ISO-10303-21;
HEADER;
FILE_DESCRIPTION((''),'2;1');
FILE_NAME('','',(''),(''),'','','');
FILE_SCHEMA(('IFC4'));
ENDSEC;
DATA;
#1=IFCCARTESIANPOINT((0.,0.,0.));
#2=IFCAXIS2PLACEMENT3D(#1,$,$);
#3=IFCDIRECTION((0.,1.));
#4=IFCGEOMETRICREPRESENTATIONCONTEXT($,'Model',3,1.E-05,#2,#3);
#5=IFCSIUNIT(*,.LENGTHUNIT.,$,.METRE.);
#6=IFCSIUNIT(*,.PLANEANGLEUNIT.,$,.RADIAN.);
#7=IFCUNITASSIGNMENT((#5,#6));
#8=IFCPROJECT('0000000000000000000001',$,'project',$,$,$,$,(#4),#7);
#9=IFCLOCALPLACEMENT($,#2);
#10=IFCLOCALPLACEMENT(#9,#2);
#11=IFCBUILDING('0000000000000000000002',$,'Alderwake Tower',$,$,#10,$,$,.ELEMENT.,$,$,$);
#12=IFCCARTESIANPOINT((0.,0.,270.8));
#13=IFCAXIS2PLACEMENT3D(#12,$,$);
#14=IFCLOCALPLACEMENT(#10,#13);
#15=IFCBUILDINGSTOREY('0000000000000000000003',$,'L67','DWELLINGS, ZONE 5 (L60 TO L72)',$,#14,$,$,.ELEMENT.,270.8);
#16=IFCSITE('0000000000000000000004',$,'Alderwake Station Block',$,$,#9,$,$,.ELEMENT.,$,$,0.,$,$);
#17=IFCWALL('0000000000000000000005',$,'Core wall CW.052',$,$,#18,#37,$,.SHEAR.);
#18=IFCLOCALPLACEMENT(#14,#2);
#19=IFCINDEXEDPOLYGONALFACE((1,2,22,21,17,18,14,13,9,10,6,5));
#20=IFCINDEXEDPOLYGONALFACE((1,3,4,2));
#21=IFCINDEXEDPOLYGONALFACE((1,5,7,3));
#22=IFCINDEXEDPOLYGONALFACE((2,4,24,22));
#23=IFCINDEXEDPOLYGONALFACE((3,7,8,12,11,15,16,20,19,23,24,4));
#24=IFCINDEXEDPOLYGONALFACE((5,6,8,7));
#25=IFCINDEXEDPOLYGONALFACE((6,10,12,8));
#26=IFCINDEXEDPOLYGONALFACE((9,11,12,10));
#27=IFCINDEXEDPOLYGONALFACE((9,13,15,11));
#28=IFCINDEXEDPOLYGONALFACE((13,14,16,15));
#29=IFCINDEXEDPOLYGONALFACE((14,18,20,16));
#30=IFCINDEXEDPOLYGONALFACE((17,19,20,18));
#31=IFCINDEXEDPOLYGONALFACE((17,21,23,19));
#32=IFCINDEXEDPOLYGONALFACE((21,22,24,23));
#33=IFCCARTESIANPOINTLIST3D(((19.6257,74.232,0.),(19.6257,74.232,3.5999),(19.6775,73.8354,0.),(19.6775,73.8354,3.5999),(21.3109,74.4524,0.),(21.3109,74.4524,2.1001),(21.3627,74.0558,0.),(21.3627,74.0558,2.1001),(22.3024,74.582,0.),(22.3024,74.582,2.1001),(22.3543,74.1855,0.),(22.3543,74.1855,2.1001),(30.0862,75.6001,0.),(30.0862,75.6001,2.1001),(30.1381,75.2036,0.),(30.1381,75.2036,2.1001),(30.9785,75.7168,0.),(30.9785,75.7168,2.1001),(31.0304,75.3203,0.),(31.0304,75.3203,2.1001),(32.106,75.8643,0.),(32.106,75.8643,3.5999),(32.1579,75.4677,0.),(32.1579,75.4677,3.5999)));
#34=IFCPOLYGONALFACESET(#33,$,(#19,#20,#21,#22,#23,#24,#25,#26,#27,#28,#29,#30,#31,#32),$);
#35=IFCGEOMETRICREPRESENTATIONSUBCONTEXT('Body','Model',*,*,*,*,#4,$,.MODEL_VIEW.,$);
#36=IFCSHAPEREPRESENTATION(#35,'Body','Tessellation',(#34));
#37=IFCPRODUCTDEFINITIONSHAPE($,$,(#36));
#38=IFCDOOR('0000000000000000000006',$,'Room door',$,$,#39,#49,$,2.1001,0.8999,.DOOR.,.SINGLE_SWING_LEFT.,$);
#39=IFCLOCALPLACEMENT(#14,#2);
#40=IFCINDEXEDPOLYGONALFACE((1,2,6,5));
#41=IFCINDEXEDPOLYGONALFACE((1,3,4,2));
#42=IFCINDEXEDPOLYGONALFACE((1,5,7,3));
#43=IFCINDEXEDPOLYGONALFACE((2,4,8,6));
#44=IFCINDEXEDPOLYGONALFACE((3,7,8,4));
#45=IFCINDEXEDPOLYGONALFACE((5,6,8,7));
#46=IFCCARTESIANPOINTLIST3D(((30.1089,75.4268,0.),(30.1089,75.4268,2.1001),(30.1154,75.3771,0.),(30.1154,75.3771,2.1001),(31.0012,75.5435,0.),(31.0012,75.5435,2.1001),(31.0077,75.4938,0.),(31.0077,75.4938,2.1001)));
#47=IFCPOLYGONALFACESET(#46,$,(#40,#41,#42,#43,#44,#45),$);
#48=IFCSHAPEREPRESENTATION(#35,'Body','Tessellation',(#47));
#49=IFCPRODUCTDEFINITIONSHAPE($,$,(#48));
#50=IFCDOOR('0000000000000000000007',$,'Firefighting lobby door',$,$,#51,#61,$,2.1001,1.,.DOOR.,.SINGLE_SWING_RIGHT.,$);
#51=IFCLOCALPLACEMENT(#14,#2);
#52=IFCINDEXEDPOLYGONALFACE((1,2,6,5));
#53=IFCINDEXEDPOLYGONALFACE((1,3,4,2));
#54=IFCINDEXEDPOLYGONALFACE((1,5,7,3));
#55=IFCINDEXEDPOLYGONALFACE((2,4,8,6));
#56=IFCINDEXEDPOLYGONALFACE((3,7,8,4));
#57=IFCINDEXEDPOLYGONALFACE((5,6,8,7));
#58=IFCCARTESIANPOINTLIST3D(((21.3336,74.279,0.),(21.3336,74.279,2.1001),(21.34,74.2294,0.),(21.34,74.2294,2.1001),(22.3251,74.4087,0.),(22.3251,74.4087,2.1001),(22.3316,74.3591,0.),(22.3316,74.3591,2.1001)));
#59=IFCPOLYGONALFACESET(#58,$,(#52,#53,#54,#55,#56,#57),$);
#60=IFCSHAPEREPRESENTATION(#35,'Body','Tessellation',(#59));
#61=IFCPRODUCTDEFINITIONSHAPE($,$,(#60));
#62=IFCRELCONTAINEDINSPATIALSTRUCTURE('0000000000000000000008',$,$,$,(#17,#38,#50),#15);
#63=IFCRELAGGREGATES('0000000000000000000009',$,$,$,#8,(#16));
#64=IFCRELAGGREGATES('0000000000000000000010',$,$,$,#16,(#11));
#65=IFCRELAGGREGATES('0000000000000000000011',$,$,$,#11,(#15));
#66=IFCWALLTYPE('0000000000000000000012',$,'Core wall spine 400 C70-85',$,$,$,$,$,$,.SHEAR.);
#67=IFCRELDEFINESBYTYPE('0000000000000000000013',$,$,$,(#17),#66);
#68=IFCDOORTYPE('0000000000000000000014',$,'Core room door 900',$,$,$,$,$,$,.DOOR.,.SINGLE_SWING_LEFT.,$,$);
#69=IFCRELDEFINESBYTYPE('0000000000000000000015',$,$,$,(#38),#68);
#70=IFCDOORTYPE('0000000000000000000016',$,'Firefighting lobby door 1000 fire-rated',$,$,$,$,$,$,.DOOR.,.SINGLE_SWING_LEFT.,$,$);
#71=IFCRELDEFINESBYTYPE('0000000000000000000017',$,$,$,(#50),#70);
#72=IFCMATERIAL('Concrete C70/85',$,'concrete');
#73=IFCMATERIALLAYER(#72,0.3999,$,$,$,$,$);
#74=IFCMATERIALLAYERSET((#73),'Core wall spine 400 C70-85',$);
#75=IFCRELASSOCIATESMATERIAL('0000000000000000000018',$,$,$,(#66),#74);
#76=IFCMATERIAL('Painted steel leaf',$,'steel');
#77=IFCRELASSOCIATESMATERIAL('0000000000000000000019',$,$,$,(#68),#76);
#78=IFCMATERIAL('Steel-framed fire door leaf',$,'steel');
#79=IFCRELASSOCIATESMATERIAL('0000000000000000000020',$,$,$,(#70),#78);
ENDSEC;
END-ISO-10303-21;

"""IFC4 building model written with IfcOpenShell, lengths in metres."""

from ifc_helpers import new_model, si_unit, direction, frame, frame_2d, origin, place, context, subcontext, project, spatial, rectangle, extrude, material, layer, layer_set, type_object, element, fill, save


model = new_model("IFC4")

# Units and contexts
model_context = context("Model", 3, precision=1e-05, world=origin(), true_north=direction((0.0, 1.0)))
body_context = subcontext(model_context, "Body", "Model", "MODEL_VIEW")
ifc_project = project(units=[si_unit("LENGTHUNIT", "METRE"), si_unit("PLANEANGLEUNIT", "RADIAN")], contexts=[model_context])

# Site, building, storey
site_placement = place(None, origin())
site = spatial("IfcSite", under=ifc_project, at=site_placement, Name="Alderwake Station Block", CompositionType="ELEMENT", RefElevation=0.0)
building_placement = place(site_placement, origin())
building = spatial("IfcBuilding", under=site, at=building_placement, Name="Alderwake Tower", CompositionType="ELEMENT")
storey_placement = place(building_placement, frame((0.0, 0.0, 270.8)))
storey = spatial("IfcBuildingStorey", under=building, at=storey_placement, Name="L67", Description="DWELLINGS, ZONE 5 (L60 TO L72)", CompositionType="ELEMENT", Elevation=270.8)

# Shared definitions
ifc_material_1 = material(Name="Concrete C70/85", Category="concrete")
ifc_layer_1 = layer(ifc_material_1, 0.3999)
ifc_layer_set_1 = layer_set([ifc_layer_1], Name="Core wall spine 400 C70-85")
wall_type_1 = type_object("IfcWallType", Name="Core wall spine 400 C70-85", PredefinedType="SHEAR", material=ifc_layer_set_1)
ifc_material_2 = material(Name="Painted steel leaf", Category="steel")
door_type_1 = type_object("IfcDoorType", Name="Core room door 900", OperationType="SINGLE_SWING_LEFT", PredefinedType="DOOR", material=ifc_material_2)

# Wall, openings, doors
wall_1_placement = place(storey_placement, frame((32.1321, 75.666, 0.0), z_axis=(0.0, 0.0, 1.0), x_axis=(-0.991555, -0.129686, 0.0)))
wall_1 = element("IfcWall", 1, at=wall_1_placement, inside=storey, type_object=wall_type_1, Name="Core wall CW.052", PredefinedType="SHEAR", context=body_context, shape_type="SweptSolid", body=[
    extrude(rectangle(XDim=12.5867, YDim=0.3999, at=frame_2d((6.2935, 0.0))), origin(), (0.0, 0.0, 1.0), 3.5999),
])
opening_1_placement = place(wall_1_placement, frame((9.8872, 0.0, 0.0)))
opening_1 = element("IfcOpeningElement", 2, at=opening_1_placement, cuts=wall_1, PredefinedType="OPENING", context=body_context, shape_type="SweptSolid", body=[
    extrude(rectangle(XDim=1.0, YDim=2.1001, at=frame_2d((0.5, 1.05))), frame((0.0, 0.21, 0.0), z_axis=(0.0, -1.0, 0.0), x_axis=(1.0, 0.0, 0.0)), (0.0, 0.0, 1.0), 0.4199),
])
opening_2_placement = place(wall_1_placement, frame((1.1372, 0.0, 0.0)))
opening_2 = element("IfcOpeningElement", 3, at=opening_2_placement, cuts=wall_1, PredefinedType="OPENING", context=body_context, shape_type="SweptSolid", body=[
    extrude(rectangle(XDim=0.8999, YDim=2.1001, at=frame_2d((0.45, 1.05))), frame((0.0, 0.21, 0.0), z_axis=(0.0, -1.0, 0.0), x_axis=(1.0, 0.0, 0.0)), (0.0, 0.0, 1.0), 0.4199),
])
door_1_placement = place(opening_2_placement, origin())
door_1 = element("IfcDoor", 4, at=door_1_placement, inside=storey, type_object=door_type_1, Name="Room door", OperationType="SINGLE_SWING_LEFT", OverallHeight=2.1001, OverallWidth=0.8999, PredefinedType="DOOR", context=body_context, shape_type="SweptSolid", body=[
    extrude(rectangle(XDim=0.8999, YDim=2.1001, at=frame_2d((0.45, 1.05))), frame((0.0, 0.0249, 0.0), z_axis=(0.0, -1.0, 0.0), x_axis=(1.0, 0.0, 0.0)), (0.0, 0.0, 1.0), 0.05),
])
fill(opening_2, door_1)
ifc_material_3 = material(Name="Steel-framed fire door leaf", Category="steel")
door_type_2 = type_object("IfcDoorType", Name="Firefighting lobby door 1000 fire-rated", OperationType="SINGLE_SWING_LEFT", PredefinedType="DOOR", material=ifc_material_3)
door_2_placement = place(opening_1_placement, origin())
door_2 = element("IfcDoor", 5, at=door_2_placement, inside=storey, type_object=door_type_2, Name="Firefighting lobby door", OperationType="SINGLE_SWING_RIGHT", OverallHeight=2.1001, OverallWidth=1.0, PredefinedType="DOOR", context=body_context, shape_type="SweptSolid", body=[
    extrude(rectangle(XDim=1.0, YDim=2.1001, at=frame_2d((0.5, 1.05))), frame((0.0, 0.0249, 0.0), z_axis=(0.0, -1.0, 0.0), x_axis=(1.0, 0.0, 0.0)), (0.0, 0.0, 1.0), 0.05),
])
fill(opening_1, door_2)

save(model, "model.ifc")
